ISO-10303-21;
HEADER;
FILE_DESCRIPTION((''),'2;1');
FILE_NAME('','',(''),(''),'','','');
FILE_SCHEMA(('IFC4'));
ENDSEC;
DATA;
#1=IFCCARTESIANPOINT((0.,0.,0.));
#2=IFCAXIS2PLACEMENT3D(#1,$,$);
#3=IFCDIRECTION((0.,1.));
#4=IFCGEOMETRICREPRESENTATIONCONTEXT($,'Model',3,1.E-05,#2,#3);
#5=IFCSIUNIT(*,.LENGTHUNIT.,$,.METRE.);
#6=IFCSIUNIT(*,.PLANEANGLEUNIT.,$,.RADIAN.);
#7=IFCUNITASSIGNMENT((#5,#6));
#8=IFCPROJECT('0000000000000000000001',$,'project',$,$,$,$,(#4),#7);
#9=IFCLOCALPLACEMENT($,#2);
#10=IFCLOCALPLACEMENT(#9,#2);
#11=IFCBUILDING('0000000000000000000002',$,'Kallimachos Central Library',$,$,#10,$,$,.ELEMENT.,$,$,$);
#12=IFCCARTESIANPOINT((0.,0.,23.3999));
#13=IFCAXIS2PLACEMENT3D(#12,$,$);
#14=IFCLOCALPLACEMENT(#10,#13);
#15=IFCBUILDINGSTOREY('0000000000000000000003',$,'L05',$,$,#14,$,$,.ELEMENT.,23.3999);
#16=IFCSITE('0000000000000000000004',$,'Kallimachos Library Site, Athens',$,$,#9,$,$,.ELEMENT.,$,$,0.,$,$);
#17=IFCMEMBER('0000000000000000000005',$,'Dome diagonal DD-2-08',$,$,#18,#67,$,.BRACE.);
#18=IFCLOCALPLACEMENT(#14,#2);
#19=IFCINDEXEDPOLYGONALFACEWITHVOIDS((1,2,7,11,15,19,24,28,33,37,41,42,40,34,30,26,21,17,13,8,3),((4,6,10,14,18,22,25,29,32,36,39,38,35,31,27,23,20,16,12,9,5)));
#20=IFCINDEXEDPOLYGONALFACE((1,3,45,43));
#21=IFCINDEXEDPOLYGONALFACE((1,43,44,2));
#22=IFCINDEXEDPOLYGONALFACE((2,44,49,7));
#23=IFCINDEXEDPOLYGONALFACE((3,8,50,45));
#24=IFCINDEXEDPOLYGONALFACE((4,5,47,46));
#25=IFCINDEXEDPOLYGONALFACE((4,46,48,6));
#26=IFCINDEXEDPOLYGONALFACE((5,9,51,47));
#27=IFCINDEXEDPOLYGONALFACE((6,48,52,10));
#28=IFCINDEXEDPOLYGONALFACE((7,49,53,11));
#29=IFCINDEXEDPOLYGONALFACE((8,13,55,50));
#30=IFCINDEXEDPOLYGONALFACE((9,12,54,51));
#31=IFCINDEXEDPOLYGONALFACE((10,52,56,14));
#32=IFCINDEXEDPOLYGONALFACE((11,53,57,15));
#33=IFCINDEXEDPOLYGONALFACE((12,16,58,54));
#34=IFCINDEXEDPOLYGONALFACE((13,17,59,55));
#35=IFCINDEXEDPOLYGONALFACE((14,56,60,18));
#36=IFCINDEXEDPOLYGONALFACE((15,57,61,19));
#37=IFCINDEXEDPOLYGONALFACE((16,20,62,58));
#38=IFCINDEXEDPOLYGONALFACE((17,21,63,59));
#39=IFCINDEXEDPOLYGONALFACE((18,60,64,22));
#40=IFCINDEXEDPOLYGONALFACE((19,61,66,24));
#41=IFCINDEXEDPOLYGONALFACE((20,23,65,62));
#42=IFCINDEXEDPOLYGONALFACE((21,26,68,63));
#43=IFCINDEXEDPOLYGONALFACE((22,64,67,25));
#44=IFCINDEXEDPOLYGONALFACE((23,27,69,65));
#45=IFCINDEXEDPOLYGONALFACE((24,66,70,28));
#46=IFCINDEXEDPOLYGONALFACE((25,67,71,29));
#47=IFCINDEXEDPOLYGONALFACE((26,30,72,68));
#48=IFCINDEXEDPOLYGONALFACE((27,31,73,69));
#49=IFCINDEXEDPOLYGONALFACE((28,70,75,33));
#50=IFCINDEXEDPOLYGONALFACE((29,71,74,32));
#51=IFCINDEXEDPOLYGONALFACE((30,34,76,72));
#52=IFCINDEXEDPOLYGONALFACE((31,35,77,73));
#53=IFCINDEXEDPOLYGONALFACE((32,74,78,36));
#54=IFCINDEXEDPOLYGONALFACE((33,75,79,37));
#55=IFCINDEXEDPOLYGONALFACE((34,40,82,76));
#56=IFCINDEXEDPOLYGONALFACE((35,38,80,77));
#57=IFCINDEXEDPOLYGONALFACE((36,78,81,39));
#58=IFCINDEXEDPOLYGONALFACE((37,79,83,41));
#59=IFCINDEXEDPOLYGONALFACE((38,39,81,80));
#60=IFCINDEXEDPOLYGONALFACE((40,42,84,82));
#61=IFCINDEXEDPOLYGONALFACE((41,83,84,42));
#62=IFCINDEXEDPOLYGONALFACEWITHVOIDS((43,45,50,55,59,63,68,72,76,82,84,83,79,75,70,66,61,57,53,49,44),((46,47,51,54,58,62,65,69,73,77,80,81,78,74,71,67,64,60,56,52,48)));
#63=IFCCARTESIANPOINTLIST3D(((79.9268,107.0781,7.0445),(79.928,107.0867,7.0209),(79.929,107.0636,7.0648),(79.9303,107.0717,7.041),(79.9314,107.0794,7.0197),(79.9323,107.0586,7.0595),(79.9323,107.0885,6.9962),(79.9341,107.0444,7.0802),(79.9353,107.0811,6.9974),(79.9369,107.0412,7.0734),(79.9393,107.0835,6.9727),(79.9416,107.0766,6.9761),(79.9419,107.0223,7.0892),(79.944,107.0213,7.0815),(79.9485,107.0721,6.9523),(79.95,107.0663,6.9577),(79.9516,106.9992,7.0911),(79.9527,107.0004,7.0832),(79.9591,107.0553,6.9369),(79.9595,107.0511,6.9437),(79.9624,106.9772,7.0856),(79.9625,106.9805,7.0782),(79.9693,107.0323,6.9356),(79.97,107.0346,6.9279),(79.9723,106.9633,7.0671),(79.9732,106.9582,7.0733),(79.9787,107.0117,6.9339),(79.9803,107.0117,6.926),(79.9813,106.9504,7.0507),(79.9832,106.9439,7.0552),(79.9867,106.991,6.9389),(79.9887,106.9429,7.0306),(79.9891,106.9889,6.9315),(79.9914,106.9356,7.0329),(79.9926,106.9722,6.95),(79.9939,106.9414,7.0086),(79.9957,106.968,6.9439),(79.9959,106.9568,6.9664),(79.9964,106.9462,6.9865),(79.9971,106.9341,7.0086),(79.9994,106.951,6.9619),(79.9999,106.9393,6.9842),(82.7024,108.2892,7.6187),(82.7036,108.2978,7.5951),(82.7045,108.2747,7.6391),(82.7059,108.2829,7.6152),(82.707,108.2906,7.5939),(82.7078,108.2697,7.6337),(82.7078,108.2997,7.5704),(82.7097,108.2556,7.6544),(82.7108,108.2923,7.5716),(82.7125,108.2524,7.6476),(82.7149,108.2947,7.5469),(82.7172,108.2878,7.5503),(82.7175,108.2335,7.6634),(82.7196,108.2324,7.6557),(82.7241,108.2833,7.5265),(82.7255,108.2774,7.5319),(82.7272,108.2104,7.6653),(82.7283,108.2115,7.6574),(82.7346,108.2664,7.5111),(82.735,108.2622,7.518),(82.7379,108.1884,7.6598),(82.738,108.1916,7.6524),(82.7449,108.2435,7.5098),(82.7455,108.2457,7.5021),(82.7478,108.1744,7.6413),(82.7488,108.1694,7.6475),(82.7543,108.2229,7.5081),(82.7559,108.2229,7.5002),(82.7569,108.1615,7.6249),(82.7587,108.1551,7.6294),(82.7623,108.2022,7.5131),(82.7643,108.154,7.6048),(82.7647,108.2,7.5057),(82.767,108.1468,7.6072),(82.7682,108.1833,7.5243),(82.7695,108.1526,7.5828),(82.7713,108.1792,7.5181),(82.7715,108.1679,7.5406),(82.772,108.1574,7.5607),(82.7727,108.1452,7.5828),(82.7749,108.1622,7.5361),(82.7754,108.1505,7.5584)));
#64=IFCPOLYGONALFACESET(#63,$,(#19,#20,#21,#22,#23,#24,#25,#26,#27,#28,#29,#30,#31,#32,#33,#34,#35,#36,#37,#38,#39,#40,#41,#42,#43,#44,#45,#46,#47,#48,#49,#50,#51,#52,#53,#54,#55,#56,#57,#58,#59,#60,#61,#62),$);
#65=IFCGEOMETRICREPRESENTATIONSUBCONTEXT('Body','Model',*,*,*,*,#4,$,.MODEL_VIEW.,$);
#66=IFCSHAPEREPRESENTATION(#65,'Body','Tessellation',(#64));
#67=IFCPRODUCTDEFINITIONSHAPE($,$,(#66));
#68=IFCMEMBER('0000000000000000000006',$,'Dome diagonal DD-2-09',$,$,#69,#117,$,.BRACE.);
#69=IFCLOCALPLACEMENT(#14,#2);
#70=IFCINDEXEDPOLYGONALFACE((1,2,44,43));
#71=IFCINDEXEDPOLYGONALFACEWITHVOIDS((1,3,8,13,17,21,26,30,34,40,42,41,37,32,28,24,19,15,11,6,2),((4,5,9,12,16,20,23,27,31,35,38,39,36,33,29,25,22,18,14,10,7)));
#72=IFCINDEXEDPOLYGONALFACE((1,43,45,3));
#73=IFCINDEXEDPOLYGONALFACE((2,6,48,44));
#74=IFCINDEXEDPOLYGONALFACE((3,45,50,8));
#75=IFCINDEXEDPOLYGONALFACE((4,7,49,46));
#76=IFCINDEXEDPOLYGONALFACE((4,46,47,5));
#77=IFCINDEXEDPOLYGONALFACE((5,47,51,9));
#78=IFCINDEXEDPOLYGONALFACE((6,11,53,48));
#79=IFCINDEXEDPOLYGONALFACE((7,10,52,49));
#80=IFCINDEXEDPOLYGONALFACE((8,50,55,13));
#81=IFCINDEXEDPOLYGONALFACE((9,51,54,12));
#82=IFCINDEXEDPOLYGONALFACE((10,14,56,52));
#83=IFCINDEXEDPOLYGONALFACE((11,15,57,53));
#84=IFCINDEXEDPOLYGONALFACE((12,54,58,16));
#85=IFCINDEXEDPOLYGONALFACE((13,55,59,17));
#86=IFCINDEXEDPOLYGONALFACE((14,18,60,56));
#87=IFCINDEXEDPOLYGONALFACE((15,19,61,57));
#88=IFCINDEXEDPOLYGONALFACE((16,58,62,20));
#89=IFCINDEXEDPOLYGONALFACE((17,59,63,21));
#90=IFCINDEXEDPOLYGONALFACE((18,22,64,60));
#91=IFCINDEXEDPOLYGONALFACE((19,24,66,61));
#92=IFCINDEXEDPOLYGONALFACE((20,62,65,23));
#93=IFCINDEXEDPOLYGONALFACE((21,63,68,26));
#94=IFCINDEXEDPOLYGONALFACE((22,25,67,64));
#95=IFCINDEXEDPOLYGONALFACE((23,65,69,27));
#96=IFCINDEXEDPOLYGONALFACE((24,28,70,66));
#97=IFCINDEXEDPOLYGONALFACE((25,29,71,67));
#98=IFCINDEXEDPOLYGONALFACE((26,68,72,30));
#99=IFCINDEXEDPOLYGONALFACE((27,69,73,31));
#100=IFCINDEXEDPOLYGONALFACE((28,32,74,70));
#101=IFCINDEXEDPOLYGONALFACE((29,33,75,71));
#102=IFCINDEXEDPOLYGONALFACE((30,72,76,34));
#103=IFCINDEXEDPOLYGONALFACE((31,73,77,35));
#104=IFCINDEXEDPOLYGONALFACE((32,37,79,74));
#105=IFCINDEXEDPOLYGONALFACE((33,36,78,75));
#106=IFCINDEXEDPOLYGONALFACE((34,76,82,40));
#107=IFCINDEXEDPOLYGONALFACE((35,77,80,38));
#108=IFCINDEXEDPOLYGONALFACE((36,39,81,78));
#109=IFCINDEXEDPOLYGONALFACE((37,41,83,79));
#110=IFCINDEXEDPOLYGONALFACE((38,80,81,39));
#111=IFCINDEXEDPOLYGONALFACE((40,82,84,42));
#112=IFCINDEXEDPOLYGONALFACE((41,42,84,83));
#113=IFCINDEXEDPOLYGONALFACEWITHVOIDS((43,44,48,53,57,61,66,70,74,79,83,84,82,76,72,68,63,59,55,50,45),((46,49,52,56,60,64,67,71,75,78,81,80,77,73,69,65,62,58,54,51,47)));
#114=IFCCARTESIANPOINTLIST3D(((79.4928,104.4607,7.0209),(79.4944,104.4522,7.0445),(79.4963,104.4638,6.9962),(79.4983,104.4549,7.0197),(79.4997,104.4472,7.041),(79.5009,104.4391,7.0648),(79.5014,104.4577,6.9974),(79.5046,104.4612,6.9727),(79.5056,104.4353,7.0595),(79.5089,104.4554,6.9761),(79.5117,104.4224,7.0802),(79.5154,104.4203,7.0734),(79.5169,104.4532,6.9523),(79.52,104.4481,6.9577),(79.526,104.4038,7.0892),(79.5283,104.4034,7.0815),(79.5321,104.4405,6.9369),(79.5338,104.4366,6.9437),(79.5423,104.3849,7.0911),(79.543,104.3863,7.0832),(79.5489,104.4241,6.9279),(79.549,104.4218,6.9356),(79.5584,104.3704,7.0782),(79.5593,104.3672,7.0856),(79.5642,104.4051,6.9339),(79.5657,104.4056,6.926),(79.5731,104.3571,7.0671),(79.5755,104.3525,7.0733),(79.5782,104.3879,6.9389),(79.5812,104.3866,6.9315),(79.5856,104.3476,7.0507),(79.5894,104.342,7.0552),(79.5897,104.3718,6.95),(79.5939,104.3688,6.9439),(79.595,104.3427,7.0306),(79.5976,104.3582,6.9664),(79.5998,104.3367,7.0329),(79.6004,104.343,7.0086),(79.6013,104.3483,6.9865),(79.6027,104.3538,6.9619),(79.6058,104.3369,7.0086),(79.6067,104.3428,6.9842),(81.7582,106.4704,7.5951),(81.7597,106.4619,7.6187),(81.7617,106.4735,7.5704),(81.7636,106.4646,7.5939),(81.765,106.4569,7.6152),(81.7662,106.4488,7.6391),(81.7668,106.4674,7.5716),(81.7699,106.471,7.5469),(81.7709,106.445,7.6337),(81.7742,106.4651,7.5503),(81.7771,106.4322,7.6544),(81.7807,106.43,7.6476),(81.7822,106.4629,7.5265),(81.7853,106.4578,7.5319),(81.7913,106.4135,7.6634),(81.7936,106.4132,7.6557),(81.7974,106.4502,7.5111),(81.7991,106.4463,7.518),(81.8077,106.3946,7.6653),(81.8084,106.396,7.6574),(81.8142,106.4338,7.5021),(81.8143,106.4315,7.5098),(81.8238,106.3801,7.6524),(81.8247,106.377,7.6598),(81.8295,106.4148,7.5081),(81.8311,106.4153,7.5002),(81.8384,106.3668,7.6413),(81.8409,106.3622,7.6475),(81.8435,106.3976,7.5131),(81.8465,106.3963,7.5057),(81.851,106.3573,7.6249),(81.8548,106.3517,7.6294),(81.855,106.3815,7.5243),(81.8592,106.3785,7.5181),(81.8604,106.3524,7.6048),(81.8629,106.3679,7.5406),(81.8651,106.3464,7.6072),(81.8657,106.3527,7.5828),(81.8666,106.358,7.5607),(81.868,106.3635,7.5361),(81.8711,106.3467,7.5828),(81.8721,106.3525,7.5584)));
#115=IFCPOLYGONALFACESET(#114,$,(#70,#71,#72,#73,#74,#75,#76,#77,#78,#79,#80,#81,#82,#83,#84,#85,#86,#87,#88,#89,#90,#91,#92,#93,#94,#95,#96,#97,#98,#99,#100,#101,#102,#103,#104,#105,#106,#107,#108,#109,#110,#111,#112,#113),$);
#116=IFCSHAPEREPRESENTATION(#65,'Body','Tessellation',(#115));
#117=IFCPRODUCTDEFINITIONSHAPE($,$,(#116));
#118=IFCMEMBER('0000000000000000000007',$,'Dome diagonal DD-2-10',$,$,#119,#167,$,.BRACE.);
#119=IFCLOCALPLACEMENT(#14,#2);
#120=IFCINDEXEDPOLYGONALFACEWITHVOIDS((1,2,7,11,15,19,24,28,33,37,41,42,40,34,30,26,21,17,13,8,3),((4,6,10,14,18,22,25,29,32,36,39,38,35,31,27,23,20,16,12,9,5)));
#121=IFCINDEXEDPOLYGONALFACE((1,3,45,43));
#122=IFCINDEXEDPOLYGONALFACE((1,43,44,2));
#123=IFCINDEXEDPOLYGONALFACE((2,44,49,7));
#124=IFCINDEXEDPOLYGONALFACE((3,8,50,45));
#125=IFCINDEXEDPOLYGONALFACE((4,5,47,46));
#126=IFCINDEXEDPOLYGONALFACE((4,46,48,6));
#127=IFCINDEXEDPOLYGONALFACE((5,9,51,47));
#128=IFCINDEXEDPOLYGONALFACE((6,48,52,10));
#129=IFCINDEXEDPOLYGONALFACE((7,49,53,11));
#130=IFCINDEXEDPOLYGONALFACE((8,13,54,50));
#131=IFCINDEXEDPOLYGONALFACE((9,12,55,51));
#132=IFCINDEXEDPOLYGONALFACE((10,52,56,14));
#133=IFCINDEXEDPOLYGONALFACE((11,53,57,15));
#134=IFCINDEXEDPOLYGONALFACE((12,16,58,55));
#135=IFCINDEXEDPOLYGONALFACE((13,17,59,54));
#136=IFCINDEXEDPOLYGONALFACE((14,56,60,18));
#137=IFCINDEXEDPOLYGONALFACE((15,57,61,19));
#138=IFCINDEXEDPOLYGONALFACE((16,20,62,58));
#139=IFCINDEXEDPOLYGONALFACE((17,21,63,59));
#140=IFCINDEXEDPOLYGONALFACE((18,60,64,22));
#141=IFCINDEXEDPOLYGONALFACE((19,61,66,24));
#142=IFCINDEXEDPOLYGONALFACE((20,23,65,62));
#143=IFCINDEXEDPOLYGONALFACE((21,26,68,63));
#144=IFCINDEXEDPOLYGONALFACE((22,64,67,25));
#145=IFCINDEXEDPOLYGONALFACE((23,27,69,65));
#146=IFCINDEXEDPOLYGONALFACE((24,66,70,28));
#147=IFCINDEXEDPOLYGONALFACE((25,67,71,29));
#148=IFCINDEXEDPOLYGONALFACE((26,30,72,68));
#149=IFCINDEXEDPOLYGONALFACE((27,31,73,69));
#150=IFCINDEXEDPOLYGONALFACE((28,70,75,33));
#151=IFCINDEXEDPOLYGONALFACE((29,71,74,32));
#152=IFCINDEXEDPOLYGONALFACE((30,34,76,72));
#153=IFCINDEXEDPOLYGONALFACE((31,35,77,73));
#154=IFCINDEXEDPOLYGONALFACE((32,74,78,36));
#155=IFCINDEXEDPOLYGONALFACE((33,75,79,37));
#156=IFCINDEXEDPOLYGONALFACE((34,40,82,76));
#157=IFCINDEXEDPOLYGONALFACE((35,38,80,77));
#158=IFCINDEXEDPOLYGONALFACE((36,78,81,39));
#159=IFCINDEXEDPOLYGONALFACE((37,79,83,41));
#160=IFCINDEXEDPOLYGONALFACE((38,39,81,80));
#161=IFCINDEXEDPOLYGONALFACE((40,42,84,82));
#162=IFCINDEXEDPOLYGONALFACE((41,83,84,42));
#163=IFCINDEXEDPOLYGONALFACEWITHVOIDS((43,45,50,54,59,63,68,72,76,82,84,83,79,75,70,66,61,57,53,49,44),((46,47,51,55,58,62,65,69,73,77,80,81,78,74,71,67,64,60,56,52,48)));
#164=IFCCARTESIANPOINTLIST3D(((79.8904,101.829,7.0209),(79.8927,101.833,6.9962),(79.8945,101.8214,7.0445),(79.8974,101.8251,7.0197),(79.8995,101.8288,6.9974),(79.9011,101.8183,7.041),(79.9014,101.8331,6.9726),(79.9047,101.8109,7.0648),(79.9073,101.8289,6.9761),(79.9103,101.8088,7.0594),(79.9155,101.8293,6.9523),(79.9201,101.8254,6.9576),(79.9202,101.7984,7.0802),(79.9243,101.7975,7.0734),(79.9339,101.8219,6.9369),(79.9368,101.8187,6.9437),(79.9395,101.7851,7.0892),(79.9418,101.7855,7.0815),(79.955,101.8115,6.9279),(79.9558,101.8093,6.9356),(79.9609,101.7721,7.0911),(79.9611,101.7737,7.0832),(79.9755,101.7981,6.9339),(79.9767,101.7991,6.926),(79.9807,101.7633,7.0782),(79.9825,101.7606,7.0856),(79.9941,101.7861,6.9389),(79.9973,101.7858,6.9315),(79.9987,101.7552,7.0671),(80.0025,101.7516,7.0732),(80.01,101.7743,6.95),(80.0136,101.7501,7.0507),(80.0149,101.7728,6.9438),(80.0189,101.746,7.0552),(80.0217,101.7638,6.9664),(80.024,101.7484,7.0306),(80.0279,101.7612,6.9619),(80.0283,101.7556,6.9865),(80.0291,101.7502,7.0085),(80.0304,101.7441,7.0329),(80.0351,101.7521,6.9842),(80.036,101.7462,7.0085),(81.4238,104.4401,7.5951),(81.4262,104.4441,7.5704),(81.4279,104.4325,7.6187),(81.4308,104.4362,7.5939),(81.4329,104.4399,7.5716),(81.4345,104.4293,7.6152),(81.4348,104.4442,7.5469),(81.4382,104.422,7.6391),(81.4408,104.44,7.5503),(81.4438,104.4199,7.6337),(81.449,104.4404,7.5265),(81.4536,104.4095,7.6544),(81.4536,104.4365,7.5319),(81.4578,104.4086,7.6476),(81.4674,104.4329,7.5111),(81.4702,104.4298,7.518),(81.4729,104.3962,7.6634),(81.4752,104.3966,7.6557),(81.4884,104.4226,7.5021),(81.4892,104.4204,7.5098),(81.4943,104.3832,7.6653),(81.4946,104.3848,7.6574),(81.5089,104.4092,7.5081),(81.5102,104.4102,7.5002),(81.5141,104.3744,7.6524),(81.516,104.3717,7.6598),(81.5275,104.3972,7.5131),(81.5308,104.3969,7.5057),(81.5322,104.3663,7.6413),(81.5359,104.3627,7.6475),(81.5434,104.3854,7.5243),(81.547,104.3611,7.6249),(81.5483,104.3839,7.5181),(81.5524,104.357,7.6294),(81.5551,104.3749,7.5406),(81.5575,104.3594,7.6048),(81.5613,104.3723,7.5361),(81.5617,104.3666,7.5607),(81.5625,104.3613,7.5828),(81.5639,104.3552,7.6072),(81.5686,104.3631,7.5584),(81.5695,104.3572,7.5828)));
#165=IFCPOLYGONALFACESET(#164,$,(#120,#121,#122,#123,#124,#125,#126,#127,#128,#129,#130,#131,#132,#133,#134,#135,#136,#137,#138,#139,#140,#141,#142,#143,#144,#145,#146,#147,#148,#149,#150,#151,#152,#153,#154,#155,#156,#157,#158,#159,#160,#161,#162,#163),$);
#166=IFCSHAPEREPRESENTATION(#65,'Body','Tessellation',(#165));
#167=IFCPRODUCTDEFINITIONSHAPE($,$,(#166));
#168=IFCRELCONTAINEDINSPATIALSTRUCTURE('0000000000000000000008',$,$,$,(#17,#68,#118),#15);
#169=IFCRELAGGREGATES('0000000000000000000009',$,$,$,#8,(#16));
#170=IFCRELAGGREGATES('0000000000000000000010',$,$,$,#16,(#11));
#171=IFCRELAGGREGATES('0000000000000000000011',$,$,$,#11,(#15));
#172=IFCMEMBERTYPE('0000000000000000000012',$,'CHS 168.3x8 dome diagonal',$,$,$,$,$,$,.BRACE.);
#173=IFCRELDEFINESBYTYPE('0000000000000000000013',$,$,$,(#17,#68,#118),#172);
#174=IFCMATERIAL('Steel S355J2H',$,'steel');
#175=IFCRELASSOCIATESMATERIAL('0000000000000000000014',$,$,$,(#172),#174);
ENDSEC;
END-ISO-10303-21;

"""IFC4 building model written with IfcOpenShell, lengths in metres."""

from ifc_helpers import new_model, si_unit, direction, frame, origin, origin_2d, place, context, subcontext, project, spatial, hollow_circle, extrude, material, material_profile, profile_set, type_object, element, save


model = new_model("IFC4")

# Units and contexts
model_context = context("Model", 3, precision=1e-05, world=origin(), true_north=direction((0.0, 1.0)))
body_context = subcontext(model_context, "Body", "Model", "MODEL_VIEW")
ifc_project = project(units=[si_unit("LENGTHUNIT", "METRE"), si_unit("PLANEANGLEUNIT", "RADIAN")], contexts=[model_context])

# Site, building, storey
site_placement = place(None, origin())
site = spatial("IfcSite", under=ifc_project, at=site_placement, Name="Kallimachos Library Site, Athens", CompositionType="ELEMENT", RefElevation=0.0)
building_placement = place(site_placement, origin())
building = spatial("IfcBuilding", under=site, at=building_placement, Name="Kallimachos Central Library", CompositionType="ELEMENT")
storey_placement = place(building_placement, frame((0.0, 0.0, 23.3999)))
storey = spatial("IfcBuildingStorey", under=building, at=storey_placement, Name="L05", CompositionType="ELEMENT", Elevation=23.3999)

# Members
ifc_material_1 = material(Name="Steel S355J2H", Category="steel")
ifc_material_profile_1 = material_profile(ifc_material_1, hollow_circle(Radius=0.0842, WallThickness=0.0081, at=origin_2d()), Name="CHS 168.3x8")
ifc_profile_set_1 = profile_set([ifc_material_profile_1], Name="Steel S355J2H")
member_type_1 = type_object("IfcMemberType", Name="CHS 168.3x8 dome diagonal", PredefinedType="BRACE", material=ifc_profile_set_1)
for number, where, z_axis, x_axis, name in (
    (1, (82.739, 108.2224, 7.5828), (-0.900495, -0.392942, -0.186293), (0.399943, -0.91654, 0.0), "Dome diagonal DD-2-08"),
    (2, (81.8152, 106.4097, 7.5828), (-0.734954, -0.652025, -0.186293), (0.663643, -0.748049, 0.0), "Dome diagonal DD-2-09"),
):
    element("IfcMember", number, at=place(storey_placement, frame(where, z_axis=z_axis, x_axis=x_axis)), inside=storey, type_object=member_type_1, Name=name, PredefinedType="BRACE", context=body_context, shape_type="SweptSolid", body=[
        extrude(hollow_circle(Radius=0.0842, WallThickness=0.0081, at=origin_2d()), origin(), (0.0, 0.0, 1.0), 3.0823),
    ])
member_1_placement = place(storey_placement, frame((81.4968, 104.3999, 7.5828), z_axis=(-0.497544, -0.847194, -0.186311), x_axis=(0.862293, -0.50641, 0.0)))
element("IfcMember", 3, at=member_1_placement, inside=storey, type_object=member_type_1, Name="Dome diagonal DD-2-10", PredefinedType="BRACE", context=body_context, shape_type="SweptSolid", body=[
    extrude(hollow_circle(Radius=0.0842, WallThickness=0.0081, at=origin_2d()), origin(), (0.0, 0.0, 1.0), 3.082),
])

save(model, "model.ifc")
